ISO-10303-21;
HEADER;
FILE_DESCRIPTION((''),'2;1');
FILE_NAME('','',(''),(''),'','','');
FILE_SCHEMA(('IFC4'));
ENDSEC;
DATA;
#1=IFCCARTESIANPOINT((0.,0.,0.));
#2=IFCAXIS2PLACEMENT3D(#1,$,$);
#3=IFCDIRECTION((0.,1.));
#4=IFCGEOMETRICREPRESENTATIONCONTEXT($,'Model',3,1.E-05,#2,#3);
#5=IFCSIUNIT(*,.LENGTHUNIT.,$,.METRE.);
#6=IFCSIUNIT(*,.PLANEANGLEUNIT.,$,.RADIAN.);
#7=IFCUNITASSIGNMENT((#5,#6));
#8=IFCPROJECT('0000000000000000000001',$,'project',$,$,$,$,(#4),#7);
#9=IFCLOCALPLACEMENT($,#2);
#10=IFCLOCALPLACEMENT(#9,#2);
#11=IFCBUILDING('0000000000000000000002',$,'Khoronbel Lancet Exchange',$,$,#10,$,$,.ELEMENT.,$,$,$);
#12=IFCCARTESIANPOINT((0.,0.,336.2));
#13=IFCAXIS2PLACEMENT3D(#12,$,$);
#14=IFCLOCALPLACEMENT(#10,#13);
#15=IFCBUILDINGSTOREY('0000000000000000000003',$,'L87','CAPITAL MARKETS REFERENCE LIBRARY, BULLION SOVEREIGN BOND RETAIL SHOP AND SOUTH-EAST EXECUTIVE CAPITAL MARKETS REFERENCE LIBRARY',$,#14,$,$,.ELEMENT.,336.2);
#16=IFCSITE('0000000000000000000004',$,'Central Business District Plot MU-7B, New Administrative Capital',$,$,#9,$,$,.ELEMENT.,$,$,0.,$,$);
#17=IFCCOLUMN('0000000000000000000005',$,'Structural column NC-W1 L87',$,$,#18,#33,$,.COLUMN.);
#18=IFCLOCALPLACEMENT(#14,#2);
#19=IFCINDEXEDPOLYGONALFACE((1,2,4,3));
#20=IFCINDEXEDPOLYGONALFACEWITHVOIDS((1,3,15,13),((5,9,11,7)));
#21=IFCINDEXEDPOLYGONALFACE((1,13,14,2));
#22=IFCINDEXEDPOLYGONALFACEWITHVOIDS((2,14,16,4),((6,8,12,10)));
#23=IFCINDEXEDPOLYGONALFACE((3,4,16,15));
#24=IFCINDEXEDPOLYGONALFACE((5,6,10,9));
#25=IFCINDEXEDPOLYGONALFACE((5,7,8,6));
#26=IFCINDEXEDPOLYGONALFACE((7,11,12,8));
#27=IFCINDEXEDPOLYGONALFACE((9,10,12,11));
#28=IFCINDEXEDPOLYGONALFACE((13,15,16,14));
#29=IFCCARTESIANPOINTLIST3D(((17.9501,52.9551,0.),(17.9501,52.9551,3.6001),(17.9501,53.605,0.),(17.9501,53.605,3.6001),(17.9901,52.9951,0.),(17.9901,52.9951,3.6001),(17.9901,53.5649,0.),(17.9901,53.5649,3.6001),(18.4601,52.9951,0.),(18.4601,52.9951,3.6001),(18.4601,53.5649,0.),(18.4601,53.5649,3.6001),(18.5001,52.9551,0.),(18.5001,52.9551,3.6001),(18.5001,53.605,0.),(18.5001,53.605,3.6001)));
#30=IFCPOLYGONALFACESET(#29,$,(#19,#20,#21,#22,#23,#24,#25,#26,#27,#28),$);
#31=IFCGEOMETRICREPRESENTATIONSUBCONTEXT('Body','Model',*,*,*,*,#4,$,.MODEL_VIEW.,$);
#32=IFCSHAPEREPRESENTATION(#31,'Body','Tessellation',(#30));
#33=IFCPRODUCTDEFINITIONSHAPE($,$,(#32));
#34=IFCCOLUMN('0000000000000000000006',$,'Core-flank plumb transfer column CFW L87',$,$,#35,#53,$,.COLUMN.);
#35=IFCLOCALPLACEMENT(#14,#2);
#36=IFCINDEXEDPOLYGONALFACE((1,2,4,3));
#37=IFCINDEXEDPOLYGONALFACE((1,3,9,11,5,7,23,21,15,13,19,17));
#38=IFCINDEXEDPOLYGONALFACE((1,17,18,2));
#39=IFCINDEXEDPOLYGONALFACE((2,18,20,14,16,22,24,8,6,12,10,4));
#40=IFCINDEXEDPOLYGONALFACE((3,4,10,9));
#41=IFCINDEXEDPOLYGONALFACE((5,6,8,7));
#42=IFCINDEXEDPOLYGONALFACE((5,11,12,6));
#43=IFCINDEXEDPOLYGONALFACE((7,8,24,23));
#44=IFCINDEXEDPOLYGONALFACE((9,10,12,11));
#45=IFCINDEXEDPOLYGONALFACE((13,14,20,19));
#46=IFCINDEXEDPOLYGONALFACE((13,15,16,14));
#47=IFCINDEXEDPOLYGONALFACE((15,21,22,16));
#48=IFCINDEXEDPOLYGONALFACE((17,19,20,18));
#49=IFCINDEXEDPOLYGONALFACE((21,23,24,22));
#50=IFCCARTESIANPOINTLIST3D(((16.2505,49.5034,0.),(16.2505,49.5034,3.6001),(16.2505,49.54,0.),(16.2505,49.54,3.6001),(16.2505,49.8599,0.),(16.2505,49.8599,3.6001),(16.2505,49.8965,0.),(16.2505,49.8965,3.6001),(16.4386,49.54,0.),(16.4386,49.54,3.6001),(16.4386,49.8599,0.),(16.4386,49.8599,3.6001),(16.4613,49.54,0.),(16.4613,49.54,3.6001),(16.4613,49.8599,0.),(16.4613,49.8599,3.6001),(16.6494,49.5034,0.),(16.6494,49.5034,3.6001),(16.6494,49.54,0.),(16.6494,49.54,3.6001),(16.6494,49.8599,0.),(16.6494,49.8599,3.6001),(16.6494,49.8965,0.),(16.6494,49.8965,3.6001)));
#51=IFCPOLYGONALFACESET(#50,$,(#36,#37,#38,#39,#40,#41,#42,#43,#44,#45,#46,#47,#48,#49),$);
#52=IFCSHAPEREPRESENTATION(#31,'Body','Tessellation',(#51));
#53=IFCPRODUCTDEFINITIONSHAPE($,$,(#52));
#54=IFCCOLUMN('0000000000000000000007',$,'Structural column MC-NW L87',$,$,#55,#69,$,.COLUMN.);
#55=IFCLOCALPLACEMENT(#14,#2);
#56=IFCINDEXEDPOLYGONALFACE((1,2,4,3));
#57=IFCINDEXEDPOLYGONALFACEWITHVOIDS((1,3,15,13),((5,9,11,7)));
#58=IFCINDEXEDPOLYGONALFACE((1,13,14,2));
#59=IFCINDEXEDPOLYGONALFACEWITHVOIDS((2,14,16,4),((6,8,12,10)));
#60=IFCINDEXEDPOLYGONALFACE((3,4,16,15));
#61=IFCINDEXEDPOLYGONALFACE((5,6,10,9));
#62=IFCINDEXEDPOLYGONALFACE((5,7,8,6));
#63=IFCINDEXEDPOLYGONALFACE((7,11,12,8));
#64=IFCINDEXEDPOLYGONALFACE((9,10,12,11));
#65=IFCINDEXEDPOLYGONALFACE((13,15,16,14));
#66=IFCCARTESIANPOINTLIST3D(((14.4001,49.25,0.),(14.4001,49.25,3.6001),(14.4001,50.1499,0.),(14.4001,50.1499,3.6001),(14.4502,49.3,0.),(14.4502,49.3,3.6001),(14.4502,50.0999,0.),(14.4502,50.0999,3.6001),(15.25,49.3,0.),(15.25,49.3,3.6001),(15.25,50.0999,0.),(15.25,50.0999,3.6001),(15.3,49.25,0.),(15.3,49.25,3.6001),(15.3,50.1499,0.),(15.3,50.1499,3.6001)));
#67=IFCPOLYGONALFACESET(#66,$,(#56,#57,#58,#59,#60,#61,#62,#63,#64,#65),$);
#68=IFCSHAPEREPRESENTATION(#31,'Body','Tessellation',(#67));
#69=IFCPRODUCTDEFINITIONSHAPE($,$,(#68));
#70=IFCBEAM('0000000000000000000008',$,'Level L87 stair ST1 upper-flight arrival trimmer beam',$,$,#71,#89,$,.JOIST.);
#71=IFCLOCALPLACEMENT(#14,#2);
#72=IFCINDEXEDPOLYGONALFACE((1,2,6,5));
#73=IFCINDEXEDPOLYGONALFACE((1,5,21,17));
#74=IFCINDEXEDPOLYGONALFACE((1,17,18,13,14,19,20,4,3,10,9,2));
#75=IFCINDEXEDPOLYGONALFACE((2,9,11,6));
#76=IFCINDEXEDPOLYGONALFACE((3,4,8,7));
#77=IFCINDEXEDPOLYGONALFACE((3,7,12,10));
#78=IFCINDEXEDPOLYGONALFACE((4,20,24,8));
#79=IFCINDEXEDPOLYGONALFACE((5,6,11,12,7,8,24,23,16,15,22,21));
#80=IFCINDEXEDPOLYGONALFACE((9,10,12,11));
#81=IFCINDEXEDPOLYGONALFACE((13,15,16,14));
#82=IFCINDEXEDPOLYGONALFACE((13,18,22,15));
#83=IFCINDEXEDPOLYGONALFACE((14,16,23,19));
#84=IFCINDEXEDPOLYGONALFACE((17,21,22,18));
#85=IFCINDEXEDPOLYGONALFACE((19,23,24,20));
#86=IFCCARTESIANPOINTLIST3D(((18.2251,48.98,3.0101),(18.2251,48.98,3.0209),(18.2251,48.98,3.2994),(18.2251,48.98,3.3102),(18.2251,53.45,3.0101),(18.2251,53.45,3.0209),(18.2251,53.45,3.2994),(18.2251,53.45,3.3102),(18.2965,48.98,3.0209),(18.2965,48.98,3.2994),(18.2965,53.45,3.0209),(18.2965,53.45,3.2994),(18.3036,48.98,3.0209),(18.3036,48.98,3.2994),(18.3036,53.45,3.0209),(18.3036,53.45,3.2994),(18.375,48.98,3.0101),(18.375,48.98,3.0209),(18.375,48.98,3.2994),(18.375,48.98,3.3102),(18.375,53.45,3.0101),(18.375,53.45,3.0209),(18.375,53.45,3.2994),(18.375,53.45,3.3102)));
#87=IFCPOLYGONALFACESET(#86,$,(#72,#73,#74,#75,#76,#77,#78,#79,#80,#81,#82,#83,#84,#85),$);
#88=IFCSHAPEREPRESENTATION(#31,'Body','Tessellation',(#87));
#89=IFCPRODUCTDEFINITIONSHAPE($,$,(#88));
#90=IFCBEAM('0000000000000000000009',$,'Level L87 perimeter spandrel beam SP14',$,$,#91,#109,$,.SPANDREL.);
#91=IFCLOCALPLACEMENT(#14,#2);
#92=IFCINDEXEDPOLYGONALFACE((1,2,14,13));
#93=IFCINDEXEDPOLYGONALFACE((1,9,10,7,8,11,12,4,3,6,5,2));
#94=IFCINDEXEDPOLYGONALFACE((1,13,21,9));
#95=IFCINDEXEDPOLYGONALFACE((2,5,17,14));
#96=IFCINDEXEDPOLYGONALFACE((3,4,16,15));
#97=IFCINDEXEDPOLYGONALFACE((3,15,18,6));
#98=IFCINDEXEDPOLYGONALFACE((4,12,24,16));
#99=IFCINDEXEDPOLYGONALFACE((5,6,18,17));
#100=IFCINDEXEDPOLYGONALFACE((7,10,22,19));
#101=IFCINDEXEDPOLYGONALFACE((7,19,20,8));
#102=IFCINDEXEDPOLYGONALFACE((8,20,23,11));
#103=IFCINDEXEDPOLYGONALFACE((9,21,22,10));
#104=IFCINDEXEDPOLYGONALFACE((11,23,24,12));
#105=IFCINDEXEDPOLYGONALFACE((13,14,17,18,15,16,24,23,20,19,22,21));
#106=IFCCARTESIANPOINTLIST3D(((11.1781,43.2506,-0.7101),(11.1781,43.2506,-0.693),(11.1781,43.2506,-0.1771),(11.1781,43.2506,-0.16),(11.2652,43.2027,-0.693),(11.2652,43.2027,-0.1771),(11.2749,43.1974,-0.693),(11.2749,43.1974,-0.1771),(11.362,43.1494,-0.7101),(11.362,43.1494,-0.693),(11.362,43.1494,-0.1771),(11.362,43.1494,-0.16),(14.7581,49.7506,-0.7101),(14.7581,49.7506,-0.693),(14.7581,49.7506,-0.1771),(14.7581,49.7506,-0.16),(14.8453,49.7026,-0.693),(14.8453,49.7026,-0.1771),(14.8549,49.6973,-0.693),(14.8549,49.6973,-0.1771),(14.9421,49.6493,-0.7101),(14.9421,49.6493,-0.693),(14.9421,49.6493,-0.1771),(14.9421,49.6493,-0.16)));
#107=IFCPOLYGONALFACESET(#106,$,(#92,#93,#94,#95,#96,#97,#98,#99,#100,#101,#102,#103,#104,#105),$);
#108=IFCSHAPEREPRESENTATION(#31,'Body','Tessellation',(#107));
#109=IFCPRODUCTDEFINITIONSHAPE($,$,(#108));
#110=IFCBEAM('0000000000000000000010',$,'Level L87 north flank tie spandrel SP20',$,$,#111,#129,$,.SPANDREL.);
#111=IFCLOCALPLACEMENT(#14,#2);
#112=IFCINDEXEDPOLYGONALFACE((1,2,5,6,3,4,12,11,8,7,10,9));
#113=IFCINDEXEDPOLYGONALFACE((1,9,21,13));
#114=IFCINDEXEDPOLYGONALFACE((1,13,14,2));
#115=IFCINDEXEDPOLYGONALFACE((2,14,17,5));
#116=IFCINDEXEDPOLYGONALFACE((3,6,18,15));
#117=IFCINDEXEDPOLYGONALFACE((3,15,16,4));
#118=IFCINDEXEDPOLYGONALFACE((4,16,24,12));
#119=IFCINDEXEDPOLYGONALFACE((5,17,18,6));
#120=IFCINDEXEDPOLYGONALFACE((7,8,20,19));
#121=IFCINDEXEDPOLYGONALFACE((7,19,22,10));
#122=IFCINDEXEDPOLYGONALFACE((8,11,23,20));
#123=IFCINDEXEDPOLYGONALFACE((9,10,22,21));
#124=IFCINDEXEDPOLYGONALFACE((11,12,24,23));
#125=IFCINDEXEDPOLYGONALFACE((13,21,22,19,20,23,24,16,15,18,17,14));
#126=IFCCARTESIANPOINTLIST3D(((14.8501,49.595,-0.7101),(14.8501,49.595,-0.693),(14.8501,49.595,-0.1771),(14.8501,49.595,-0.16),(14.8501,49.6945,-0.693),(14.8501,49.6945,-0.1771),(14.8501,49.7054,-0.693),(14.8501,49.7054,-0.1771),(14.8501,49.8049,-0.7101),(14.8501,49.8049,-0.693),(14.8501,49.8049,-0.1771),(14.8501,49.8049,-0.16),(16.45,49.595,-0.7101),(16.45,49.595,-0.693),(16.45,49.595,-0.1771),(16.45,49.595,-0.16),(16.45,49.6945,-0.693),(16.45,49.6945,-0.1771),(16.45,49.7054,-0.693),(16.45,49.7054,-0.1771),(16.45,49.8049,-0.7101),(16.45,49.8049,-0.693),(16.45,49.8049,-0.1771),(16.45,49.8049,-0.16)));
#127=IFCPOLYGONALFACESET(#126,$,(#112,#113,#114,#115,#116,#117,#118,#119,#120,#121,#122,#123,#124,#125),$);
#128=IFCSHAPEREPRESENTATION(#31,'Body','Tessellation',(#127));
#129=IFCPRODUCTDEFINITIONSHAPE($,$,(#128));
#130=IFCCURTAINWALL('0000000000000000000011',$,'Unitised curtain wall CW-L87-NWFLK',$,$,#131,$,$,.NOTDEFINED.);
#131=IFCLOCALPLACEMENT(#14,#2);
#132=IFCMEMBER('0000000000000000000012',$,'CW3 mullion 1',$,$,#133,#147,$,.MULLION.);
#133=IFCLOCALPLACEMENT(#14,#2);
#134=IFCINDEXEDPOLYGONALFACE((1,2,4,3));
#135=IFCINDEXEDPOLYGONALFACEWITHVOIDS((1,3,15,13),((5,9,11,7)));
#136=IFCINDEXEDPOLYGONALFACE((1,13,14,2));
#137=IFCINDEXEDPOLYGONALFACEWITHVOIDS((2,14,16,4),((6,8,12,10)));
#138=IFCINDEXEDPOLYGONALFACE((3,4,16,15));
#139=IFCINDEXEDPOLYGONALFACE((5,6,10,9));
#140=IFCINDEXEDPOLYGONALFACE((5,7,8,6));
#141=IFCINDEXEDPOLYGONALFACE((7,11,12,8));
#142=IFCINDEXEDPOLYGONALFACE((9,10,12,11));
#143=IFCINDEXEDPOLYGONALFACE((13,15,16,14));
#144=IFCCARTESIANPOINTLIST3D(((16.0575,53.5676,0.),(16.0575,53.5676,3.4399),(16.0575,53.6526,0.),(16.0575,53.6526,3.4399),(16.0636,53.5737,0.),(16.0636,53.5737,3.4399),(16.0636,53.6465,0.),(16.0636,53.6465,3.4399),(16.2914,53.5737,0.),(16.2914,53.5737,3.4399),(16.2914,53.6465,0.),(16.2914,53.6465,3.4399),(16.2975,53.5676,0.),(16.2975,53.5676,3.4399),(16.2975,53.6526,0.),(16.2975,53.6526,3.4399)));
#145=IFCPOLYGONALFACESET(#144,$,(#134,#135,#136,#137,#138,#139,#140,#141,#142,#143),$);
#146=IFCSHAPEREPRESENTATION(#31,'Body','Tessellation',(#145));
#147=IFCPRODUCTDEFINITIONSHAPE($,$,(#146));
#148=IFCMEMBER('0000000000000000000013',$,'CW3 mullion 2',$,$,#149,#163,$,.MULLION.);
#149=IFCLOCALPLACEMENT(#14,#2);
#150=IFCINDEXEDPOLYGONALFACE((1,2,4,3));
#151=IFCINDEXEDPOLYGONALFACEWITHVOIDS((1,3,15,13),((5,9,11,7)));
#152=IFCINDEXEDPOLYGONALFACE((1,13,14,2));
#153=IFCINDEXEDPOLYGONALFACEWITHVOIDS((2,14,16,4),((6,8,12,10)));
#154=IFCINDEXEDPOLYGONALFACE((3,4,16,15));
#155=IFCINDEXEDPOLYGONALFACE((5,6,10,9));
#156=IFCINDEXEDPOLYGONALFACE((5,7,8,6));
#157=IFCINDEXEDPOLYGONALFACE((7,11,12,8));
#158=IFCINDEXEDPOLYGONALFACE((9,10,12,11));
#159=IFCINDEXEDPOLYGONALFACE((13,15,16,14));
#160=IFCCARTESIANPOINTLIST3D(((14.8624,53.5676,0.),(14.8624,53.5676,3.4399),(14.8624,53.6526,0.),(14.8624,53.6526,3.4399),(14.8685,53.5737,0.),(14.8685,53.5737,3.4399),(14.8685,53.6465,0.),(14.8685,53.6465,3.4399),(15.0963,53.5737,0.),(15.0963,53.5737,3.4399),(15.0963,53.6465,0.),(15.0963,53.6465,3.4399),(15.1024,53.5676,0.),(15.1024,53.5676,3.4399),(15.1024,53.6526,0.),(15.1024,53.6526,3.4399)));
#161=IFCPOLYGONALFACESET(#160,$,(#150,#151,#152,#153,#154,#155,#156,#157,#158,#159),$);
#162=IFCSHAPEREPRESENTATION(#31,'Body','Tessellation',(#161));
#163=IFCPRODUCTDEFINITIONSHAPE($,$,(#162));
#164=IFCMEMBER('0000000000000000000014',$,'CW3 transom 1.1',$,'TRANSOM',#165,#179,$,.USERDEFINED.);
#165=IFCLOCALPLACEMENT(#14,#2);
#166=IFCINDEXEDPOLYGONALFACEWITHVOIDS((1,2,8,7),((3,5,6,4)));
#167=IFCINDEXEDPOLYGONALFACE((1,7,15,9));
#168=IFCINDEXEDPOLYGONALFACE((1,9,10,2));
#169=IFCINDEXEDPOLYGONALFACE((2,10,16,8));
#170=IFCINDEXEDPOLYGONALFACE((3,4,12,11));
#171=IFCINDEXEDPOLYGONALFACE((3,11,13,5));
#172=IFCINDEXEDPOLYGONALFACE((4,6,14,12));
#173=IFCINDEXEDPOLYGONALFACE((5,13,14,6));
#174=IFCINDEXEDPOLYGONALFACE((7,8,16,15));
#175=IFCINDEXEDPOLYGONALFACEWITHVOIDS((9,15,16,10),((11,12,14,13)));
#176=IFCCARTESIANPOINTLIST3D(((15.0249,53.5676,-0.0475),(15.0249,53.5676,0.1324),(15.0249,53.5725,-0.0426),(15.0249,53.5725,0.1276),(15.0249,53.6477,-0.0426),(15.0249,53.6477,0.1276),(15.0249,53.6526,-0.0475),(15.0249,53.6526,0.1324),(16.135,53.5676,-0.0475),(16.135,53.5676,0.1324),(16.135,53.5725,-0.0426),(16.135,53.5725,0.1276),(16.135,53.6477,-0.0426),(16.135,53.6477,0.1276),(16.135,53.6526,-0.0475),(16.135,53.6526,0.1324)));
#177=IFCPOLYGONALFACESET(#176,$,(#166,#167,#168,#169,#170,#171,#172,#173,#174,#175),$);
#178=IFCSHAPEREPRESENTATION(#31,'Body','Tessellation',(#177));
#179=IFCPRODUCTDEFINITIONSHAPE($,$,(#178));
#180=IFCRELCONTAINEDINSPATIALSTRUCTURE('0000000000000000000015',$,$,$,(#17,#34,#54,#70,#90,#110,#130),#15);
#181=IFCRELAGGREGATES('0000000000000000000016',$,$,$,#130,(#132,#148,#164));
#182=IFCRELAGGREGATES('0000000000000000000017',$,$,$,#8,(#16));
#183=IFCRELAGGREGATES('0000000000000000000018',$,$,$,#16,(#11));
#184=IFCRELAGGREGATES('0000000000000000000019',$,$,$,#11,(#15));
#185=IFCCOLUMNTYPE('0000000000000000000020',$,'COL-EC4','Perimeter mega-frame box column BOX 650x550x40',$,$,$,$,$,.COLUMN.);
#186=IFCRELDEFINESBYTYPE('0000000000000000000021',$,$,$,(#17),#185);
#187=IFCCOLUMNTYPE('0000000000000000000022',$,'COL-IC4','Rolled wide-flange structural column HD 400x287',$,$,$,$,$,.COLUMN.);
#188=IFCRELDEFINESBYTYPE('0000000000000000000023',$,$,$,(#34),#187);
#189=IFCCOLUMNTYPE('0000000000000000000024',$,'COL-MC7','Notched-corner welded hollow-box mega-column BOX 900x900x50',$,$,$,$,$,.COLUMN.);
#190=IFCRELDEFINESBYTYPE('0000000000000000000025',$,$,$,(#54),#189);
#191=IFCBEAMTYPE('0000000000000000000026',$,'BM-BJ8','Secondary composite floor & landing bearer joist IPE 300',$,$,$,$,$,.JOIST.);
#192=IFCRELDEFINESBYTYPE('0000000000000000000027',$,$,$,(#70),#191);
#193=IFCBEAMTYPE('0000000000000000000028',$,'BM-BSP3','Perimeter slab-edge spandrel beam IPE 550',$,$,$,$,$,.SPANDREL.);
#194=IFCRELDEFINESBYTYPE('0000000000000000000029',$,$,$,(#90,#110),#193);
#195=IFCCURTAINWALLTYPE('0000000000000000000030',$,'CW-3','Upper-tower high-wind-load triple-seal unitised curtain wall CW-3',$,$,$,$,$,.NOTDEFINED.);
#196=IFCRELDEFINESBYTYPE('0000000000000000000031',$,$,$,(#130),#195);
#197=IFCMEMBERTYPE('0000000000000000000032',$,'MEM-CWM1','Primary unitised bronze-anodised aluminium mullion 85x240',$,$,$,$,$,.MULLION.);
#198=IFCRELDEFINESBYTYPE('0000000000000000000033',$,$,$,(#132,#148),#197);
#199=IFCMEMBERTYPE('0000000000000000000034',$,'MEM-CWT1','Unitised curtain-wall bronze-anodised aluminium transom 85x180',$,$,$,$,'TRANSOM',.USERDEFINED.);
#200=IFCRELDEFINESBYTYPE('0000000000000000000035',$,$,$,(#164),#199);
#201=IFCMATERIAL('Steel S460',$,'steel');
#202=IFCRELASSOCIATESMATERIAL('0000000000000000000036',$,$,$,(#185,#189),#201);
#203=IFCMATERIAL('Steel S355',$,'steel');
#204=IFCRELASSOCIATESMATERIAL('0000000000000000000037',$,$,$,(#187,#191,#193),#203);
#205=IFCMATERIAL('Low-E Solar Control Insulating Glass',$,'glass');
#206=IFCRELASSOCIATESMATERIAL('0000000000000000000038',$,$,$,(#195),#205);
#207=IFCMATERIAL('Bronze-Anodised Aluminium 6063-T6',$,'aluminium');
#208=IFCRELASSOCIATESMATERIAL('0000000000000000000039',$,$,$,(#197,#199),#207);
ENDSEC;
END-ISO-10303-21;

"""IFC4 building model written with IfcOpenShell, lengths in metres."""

from ifc_helpers import new_model, si_unit, direction, frame, origin, origin_2d, place, context, subcontext, project, spatial, hollow_rectangle, i_section, extrude, material, material_profile, profile_set, type_object, element, aggregate, save


model = new_model("IFC4")

# Units and contexts
model_context = context("Model", 3, precision=1e-05, world=origin(), true_north=direction((0.0, 1.0)))
body_context = subcontext(model_context, "Body", "Model", "MODEL_VIEW")
ifc_project = project(units=[si_unit("LENGTHUNIT", "METRE"), si_unit("PLANEANGLEUNIT", "RADIAN")], contexts=[model_context])

# Site, building, storey
site_placement = place(None, origin())
site = spatial("IfcSite", under=ifc_project, at=site_placement, Name="Central Business District Plot MU-7B, New Administrative Capital", CompositionType="ELEMENT", RefElevation=0.0)
building_placement = place(site_placement, origin())
building = spatial("IfcBuilding", under=site, at=building_placement, Name="Khoronbel Lancet Exchange", CompositionType="ELEMENT")
storey_placement = place(building_placement, frame((0.0, 0.0, 336.2)))
storey = spatial("IfcBuildingStorey", under=building, at=storey_placement, Name="L87", Description="CAPITAL MARKETS REFERENCE LIBRARY, BULLION SOVEREIGN BOND RETAIL SHOP AND SOUTH-EAST EXECUTIVE CAPITAL MARKETS REFERENCE LIBRARY", CompositionType="ELEMENT", Elevation=336.2)

# Columns
ifc_material_1 = material(Name="Steel S460", Category="steel")
ifc_material_profile_1 = material_profile(ifc_material_1, hollow_rectangle(XDim=0.55, YDim=0.6499, WallThickness=0.04, at=origin_2d()), Name="BOX 650x550x40")
ifc_profile_set_1 = profile_set([ifc_material_profile_1], Name="Steel S460")
column_type_1 = type_object("IfcColumnType", Name="COL-EC4", Description="Perimeter mega-frame box column BOX 650x550x40", PredefinedType="COLUMN", material=ifc_profile_set_1)
column_1_placement = place(storey_placement, frame((18.2251, 53.28, 0.0), z_axis=(0.0, 0.0, 1.0), x_axis=(1.0, 0.0, 0.0)))
element("IfcColumn", 1, at=column_1_placement, inside=storey, type_object=column_type_1, Name="Structural column NC-W1 L87", PredefinedType="COLUMN", context=body_context, shape_type="SweptSolid", body=[
    extrude(hollow_rectangle(XDim=0.55, YDim=0.6499, WallThickness=0.04, at=origin_2d()), origin(), (0.0, 0.0, 1.0), 3.6001),
])
ifc_material_2 = material(Name="Steel S355", Category="steel")
ifc_material_profile_2 = material_profile(ifc_material_2, i_section(OverallWidth=0.3989, OverallDepth=0.3931, WebThickness=0.0227, FlangeThickness=0.0366, at=origin_2d()), Name="HD 400x287")
ifc_profile_set_2 = profile_set([ifc_material_profile_2], Name="Steel S355")
column_type_2 = type_object("IfcColumnType", Name="COL-IC4", Description="Rolled wide-flange structural column HD 400x287", PredefinedType="COLUMN", material=ifc_profile_set_2)
column_2_placement = place(storey_placement, frame((16.45, 49.7, 0.0), z_axis=(0.0, 0.0, 1.0), x_axis=(1.0, 0.0, 0.0)))
element("IfcColumn", 2, at=column_2_placement, inside=storey, type_object=column_type_2, Name="Core-flank plumb transfer column CFW L87", PredefinedType="COLUMN", context=body_context, shape_type="SweptSolid", body=[
    extrude(i_section(OverallWidth=0.3989, OverallDepth=0.3931, WebThickness=0.0227, FlangeThickness=0.0366, at=origin_2d()), origin(), (0.0, 0.0, 1.0), 3.6001),
])
ifc_material_profile_3 = material_profile(ifc_material_1, hollow_rectangle(XDim=0.8999, YDim=0.8999, WallThickness=0.05, at=origin_2d()), Name="BOX 900x900x50")
ifc_profile_set_3 = profile_set([ifc_material_profile_3], Name="Steel S460")
column_type_3 = type_object("IfcColumnType", Name="COL-MC7", Description="Notched-corner welded hollow-box mega-column BOX 900x900x50", PredefinedType="COLUMN", material=ifc_profile_set_3)
column_3_placement = place(storey_placement, frame((14.8501, 49.7, 0.0), z_axis=(0.0, 0.0, 1.0), x_axis=(1.0, 0.0, 0.0)))
element("IfcColumn", 3, at=column_3_placement, inside=storey, type_object=column_type_3, Name="Structural column MC-NW L87", PredefinedType="COLUMN", context=body_context, shape_type="SweptSolid", body=[
    extrude(hollow_rectangle(XDim=0.8999, YDim=0.8999, WallThickness=0.05, at=origin_2d()), origin(), (0.0, 0.0, 1.0), 3.6001),
])

# Beams
ifc_material_profile_4 = material_profile(ifc_material_2, i_section(OverallWidth=0.1499, OverallDepth=0.3, WebThickness=0.0071, FlangeThickness=0.0107, at=origin_2d()), Name="IPE 300")
ifc_profile_set_4 = profile_set([ifc_material_profile_4], Name="Steel S355")
beam_type_1 = type_object("IfcBeamType", Name="BM-BJ8", Description="Secondary composite floor & landing bearer joist IPE 300", PredefinedType="JOIST", material=ifc_profile_set_4)
beam_1_placement = place(storey_placement, frame((18.3, 48.98, 3.1602), z_axis=(0.0, 1.0, 0.0), x_axis=(-1.0, 0.0, 0.0)))
element("IfcBeam", 4, at=beam_1_placement, inside=storey, type_object=beam_type_1, Name="Level L87 stair ST1 upper-flight arrival trimmer beam", PredefinedType="JOIST", context=body_context, shape_type="SweptSolid", body=[
    extrude(i_section(OverallWidth=0.1499, OverallDepth=0.3, WebThickness=0.0071, FlangeThickness=0.0107, at=origin_2d()), origin(), (0.0, 0.0, 1.0), 4.47),
])
ifc_material_profile_5 = material_profile(ifc_material_2, i_section(OverallWidth=0.21, OverallDepth=0.55, WebThickness=0.011, FlangeThickness=0.0171, at=origin_2d()), Name="IPE 550")
ifc_profile_set_5 = profile_set([ifc_material_profile_5], Name="Steel S355")
beam_type_2 = type_object("IfcBeamType", Name="BM-BSP3", Description="Perimeter slab-edge spandrel beam IPE 550", PredefinedType="SPANDREL", material=ifc_profile_set_5)
beam_2_placement = place(storey_placement, frame((14.8501, 49.7, -0.4351), z_axis=(-0.482444, -0.875927, 0.0), x_axis=(0.875927, -0.482444, 0.0)))
element("IfcBeam", 5, at=beam_2_placement, inside=storey, type_object=beam_type_2, Name="Level L87 perimeter spandrel beam SP14", PredefinedType="SPANDREL", context=body_context, shape_type="SweptSolid", body=[
    extrude(i_section(OverallWidth=0.21, OverallDepth=0.55, WebThickness=0.011, FlangeThickness=0.0171, at=origin_2d()), origin(), (0.0, 0.0, 1.0), 7.4207),
])
beam_3_placement = place(storey_placement, frame((14.8501, 49.7, -0.4351), z_axis=(1.0, 0.0, 0.0), x_axis=(0.0, 1.0, 0.0)))
element("IfcBeam", 6, at=beam_3_placement, inside=storey, type_object=beam_type_2, Name="Level L87 north flank tie spandrel SP20", PredefinedType="SPANDREL", context=body_context, shape_type="SweptSolid", body=[
    extrude(i_section(OverallWidth=0.21, OverallDepth=0.55, WebThickness=0.011, FlangeThickness=0.0171, at=origin_2d()), origin(), (0.0, 0.0, 1.0), 1.5999),
])

# Curtain wall, members
ifc_material_3 = material(Name="Low-E Solar Control Insulating Glass", Category="glass")
curtain_wall_type = type_object("IfcCurtainWallType", Name="CW-3", Description="Upper-tower high-wind-load triple-seal unitised curtain wall CW-3", PredefinedType="NOTDEFINED", material=ifc_material_3)
curtain_wall_placement = place(storey_placement, origin())
curtain_wall = element("IfcCurtainWall", 7, at=curtain_wall_placement, inside=storey, type_object=curtain_wall_type, Name="Unitised curtain wall CW-L87-NWFLK", PredefinedType="NOTDEFINED")
ifc_material_4 = material(Name="Bronze-Anodised Aluminium 6063-T6", Category="aluminium")
ifc_material_profile_6 = material_profile(ifc_material_4, hollow_rectangle(XDim=0.085, YDim=0.24, WallThickness=0.0061, at=origin_2d()), Name="ALU MULLION 85x240")
ifc_profile_set_6 = profile_set([ifc_material_profile_6], Name="Bronze-Anodised Aluminium 6063-T6")
member_type_1 = type_object("IfcMemberType", Name="MEM-CWM1", Description="Primary unitised bronze-anodised aluminium mullion 85x240", PredefinedType="MULLION", material=ifc_profile_set_6)
member_1_placement = place(storey_placement, frame((16.1775, 53.6101, 0.0), z_axis=(0.0, 0.0, 1.0), x_axis=(0.0, -1.0, 0.0)))
member_1 = element("IfcMember", 8, at=member_1_placement, type_object=member_type_1, Name="CW3 mullion 1", PredefinedType="MULLION", context=body_context, shape_type="SweptSolid", body=[
    extrude(hollow_rectangle(XDim=0.085, YDim=0.24, WallThickness=0.0061, at=origin_2d()), origin(), (0.0, 0.0, 1.0), 3.4399),
])
member_2_placement = place(storey_placement, frame((14.9824, 53.6101, 0.0), z_axis=(0.0, 0.0, 1.0), x_axis=(0.0, -1.0, 0.0)))
member_2 = element("IfcMember", 9, at=member_2_placement, type_object=member_type_1, Name="CW3 mullion 2", PredefinedType="MULLION", context=body_context, shape_type="SweptSolid", body=[
    extrude(hollow_rectangle(XDim=0.085, YDim=0.24, WallThickness=0.0061, at=origin_2d()), origin(), (0.0, 0.0, 1.0), 3.4399),
])
ifc_material_profile_7 = material_profile(ifc_material_4, hollow_rectangle(XDim=0.085, YDim=0.1799, WallThickness=0.0049, at=origin_2d()), Name="ALU TRANSOM 85x180")
ifc_profile_set_7 = profile_set([ifc_material_profile_7], Name="Bronze-Anodised Aluminium 6063-T6")
member_type_2 = type_object("IfcMemberType", Name="MEM-CWT1", Description="Unitised curtain-wall bronze-anodised aluminium transom 85x180", ElementType="TRANSOM", PredefinedType="USERDEFINED", material=ifc_profile_set_7)
member_3_placement = place(storey_placement, frame((16.135, 53.6101, 0.0425), z_axis=(-1.0, 0.0, 0.0), x_axis=(0.0, -1.0, 0.0)))
member_3 = element("IfcMember", 10, at=member_3_placement, type_object=member_type_2, Name="CW3 transom 1.1", ObjectType="TRANSOM", PredefinedType="USERDEFINED", context=body_context, shape_type="SweptSolid", body=[
    extrude(hollow_rectangle(XDim=0.085, YDim=0.1799, WallThickness=0.0049, at=origin_2d()), origin(), (0.0, 0.0, 1.0), 1.1101),
])

aggregate(curtain_wall, [member_1, member_2, member_3])

save(model, "model.ifc")
